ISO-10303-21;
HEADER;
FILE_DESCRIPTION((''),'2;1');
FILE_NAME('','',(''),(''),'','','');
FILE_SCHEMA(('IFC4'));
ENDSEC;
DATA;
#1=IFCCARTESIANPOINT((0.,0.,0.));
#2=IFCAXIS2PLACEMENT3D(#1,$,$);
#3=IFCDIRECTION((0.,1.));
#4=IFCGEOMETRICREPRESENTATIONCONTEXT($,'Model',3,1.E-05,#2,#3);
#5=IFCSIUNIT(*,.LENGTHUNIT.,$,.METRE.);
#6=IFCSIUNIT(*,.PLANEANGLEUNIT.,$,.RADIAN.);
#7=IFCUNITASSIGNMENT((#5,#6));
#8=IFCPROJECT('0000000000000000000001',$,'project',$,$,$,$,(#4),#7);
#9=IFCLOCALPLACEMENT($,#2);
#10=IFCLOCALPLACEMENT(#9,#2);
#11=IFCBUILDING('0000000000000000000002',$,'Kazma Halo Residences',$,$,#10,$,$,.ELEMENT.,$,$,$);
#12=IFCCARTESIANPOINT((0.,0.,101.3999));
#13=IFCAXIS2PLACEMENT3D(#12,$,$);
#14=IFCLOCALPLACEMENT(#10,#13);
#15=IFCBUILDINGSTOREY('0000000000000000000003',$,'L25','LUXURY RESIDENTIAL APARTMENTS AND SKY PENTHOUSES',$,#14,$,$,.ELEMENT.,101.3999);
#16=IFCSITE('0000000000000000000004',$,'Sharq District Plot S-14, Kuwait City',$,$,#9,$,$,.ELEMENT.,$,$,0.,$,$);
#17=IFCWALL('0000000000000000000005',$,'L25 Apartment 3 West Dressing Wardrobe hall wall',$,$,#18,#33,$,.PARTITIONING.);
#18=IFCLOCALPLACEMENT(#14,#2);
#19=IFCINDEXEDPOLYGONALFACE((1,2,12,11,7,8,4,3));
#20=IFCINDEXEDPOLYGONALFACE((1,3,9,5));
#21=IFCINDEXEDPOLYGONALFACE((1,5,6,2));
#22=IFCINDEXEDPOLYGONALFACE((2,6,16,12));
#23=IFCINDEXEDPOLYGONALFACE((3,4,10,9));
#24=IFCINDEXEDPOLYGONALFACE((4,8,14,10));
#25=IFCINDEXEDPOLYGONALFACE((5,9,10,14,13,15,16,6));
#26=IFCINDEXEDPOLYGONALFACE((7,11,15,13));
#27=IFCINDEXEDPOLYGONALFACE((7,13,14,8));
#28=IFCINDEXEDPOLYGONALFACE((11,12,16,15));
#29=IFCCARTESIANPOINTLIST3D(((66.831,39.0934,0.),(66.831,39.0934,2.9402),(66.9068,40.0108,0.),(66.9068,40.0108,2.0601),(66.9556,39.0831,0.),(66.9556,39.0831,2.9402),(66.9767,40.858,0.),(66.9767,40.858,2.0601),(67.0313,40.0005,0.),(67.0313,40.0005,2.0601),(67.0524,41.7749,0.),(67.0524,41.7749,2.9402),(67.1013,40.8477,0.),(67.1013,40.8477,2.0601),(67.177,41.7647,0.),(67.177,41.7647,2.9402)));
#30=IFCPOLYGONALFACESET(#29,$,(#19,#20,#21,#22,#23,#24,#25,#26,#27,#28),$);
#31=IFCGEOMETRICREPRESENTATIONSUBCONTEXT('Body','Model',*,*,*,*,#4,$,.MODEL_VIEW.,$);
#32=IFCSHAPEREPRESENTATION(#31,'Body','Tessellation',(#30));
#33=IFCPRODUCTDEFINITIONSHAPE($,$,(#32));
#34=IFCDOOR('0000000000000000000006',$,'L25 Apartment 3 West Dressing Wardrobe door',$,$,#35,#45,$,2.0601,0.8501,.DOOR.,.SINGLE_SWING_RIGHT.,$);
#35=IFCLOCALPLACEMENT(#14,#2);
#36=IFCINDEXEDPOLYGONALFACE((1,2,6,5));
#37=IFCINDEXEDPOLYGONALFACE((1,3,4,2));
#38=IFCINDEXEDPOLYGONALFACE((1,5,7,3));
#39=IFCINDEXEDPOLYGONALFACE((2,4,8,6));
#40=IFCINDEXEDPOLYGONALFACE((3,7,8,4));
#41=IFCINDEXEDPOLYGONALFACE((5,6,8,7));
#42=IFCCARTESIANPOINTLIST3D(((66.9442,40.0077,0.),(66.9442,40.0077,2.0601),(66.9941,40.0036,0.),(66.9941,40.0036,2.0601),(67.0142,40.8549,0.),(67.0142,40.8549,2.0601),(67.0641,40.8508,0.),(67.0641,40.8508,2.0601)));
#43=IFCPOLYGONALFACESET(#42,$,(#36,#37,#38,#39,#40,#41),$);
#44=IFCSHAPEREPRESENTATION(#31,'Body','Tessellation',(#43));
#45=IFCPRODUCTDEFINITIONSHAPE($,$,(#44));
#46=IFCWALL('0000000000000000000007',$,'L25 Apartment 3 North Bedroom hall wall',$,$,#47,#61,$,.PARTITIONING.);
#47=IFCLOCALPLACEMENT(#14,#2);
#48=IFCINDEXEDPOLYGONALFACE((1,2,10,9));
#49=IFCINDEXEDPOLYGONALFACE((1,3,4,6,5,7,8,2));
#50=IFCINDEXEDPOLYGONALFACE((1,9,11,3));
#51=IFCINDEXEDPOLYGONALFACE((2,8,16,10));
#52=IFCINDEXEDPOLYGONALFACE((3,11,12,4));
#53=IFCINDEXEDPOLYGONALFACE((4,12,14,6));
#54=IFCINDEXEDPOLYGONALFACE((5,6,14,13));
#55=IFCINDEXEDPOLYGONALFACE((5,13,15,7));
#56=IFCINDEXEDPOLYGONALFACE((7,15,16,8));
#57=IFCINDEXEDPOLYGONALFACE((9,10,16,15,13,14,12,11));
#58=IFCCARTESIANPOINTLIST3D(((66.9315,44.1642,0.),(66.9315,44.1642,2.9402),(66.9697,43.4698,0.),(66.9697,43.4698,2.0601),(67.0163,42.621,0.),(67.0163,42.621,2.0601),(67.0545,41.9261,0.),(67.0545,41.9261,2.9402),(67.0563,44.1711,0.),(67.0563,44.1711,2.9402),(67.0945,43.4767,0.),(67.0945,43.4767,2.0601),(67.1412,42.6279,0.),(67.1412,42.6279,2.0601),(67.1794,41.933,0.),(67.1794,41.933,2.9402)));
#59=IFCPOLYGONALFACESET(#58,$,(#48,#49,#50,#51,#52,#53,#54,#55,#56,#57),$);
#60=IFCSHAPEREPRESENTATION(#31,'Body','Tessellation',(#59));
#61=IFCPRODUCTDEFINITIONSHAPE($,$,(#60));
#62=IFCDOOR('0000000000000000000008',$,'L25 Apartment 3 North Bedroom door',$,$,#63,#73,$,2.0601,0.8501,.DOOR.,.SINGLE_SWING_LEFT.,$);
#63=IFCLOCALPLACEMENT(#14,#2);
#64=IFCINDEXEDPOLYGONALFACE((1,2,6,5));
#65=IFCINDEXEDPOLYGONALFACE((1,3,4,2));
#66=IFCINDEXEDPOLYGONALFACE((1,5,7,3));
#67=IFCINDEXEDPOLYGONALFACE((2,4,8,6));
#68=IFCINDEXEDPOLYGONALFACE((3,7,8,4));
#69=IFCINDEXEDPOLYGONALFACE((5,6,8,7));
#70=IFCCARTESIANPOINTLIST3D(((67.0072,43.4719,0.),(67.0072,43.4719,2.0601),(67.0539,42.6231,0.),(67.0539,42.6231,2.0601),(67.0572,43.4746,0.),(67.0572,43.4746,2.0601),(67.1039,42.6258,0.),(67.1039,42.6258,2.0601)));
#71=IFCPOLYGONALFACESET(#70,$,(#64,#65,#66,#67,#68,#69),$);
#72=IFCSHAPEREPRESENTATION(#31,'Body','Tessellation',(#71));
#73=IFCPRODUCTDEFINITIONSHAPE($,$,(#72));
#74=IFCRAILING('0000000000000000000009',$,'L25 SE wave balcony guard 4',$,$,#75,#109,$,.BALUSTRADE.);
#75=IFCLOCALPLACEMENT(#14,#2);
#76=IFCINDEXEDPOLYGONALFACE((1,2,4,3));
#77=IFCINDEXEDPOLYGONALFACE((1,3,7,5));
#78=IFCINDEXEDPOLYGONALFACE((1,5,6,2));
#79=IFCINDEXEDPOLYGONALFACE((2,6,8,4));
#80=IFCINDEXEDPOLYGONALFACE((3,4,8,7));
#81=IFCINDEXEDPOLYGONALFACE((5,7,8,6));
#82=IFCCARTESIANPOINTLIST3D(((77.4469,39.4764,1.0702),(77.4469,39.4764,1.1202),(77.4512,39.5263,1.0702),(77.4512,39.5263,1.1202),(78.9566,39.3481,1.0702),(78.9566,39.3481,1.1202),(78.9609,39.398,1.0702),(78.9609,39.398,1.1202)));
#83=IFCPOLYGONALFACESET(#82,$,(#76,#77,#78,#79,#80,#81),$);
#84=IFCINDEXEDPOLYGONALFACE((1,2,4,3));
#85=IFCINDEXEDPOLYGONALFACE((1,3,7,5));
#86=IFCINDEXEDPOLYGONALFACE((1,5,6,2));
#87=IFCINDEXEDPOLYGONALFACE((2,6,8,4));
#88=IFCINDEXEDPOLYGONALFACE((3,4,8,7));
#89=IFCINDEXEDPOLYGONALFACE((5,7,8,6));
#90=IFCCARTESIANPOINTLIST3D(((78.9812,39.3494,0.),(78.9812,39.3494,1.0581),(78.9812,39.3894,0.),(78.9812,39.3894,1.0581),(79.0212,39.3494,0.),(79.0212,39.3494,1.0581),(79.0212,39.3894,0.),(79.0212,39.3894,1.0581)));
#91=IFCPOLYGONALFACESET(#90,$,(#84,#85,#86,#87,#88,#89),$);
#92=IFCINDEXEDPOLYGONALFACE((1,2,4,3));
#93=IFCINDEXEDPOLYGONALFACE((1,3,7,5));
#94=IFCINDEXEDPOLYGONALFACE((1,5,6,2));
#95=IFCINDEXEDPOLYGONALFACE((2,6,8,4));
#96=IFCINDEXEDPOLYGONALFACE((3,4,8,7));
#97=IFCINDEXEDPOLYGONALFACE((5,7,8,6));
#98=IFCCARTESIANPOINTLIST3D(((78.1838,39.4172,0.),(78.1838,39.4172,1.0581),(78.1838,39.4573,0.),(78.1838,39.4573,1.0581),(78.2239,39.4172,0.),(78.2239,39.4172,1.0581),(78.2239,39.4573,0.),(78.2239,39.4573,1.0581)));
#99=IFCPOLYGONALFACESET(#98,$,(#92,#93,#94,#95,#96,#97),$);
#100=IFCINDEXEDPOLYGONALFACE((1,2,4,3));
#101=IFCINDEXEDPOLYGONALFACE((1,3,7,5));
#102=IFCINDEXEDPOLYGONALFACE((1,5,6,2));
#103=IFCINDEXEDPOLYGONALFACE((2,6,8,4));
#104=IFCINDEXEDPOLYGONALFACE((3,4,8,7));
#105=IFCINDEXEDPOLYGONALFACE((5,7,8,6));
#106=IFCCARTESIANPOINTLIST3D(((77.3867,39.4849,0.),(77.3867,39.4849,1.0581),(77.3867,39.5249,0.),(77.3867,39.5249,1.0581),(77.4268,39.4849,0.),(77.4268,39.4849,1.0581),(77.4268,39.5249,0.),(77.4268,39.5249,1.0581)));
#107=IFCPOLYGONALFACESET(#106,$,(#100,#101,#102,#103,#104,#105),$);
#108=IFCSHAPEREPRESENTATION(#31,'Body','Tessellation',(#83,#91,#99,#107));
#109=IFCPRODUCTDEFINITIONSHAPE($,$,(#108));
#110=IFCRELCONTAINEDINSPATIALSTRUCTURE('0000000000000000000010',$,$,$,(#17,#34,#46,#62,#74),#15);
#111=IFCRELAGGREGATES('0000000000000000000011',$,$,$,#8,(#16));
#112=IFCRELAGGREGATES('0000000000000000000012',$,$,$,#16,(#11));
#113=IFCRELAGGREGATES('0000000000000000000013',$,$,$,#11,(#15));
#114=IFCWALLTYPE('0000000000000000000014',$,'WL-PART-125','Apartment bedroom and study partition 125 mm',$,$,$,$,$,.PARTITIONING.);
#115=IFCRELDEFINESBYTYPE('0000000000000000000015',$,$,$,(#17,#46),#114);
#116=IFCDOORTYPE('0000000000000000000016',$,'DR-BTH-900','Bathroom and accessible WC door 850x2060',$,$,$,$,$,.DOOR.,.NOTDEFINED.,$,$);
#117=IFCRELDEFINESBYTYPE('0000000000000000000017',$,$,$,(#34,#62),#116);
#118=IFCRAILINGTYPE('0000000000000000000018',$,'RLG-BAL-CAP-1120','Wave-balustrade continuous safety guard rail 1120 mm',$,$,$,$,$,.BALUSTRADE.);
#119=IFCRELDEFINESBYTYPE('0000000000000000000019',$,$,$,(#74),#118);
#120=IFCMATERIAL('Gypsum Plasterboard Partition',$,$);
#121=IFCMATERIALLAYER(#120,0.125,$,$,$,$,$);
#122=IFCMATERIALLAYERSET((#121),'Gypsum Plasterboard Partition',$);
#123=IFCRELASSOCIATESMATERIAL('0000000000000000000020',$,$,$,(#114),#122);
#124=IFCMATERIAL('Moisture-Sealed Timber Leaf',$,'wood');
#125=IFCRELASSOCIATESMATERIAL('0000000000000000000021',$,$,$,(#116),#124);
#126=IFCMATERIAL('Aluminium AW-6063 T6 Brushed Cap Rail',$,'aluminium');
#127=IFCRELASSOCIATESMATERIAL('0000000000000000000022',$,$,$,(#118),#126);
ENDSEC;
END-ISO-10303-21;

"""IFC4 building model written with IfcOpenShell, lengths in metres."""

from ifc_helpers import new_model, si_unit, direction, frame, frame_2d, origin, origin_2d, place, context, subcontext, project, spatial, rectangle, extrude, material, layer, layer_set, type_object, element, fill, save


model = new_model("IFC4")

# Units and contexts
model_context = context("Model", 3, precision=1e-05, world=origin(), true_north=direction((0.0, 1.0)))
body_context = subcontext(model_context, "Body", "Model", "MODEL_VIEW")
ifc_project = project(units=[si_unit("LENGTHUNIT", "METRE"), si_unit("PLANEANGLEUNIT", "RADIAN")], contexts=[model_context])

# Site, building, storey
site_placement = place(None, origin())
site = spatial("IfcSite", under=ifc_project, at=site_placement, Name="Sharq District Plot S-14, Kuwait City", CompositionType="ELEMENT", RefElevation=0.0)
building_placement = place(site_placement, origin())
building = spatial("IfcBuilding", under=site, at=building_placement, Name="Kazma Halo Residences", CompositionType="ELEMENT")
storey_placement = place(building_placement, frame((0.0, 0.0, 101.3999)))
storey = spatial("IfcBuildingStorey", under=building, at=storey_placement, Name="L25", Description="LUXURY RESIDENTIAL APARTMENTS AND SKY PENTHOUSES", CompositionType="ELEMENT", Elevation=101.3999)

# Shared definitions
ifc_material_1 = material(Name="Gypsum Plasterboard Partition")
ifc_layer_1 = layer(ifc_material_1, 0.125)
ifc_layer_set_1 = layer_set([ifc_layer_1], Name="Gypsum Plasterboard Partition")
wall_type_1 = type_object("IfcWallType", Name="WL-PART-125", Description="Apartment bedroom and study partition 125 mm", PredefinedType="PARTITIONING", material=ifc_layer_set_1)

# Shared definitions
ifc_material_2 = material(Name="Moisture-Sealed Timber Leaf", Category="wood")
door_type = type_object("IfcDoorType", Name="DR-BTH-900", Description="Bathroom and accessible WC door 850x2060", OperationType="NOTDEFINED", PredefinedType="DOOR", material=ifc_material_2)

# Walls, openings, doors
wall_1_placement = place(storey_placement, frame((66.8933, 39.0884, 0.0), z_axis=(0.0, 0.0, 1.0), x_axis=(0.082295, 0.996608, 0.0)))
wall_1 = element("IfcWall", 1, at=wall_1_placement, inside=storey, type_object=wall_type_1, Name="L25 Apartment 3 West Dressing Wardrobe hall wall", PredefinedType="PARTITIONING", context=body_context, shape_type="SweptSolid", body=[
    extrude(rectangle(XDim=2.6907, YDim=0.125, at=frame_2d((1.3452, 0.0))), origin(), (0.0, 0.0, 1.0), 2.9402),
])
opening_1_placement = place(wall_1_placement, frame((0.9204, 0.0, 0.0)))
opening_1 = element("IfcOpeningElement", 2, at=opening_1_placement, cuts=wall_1, PredefinedType="OPENING", context=body_context, shape_type="SweptSolid", body=[
    extrude(rectangle(XDim=0.8501, YDim=2.0601, at=frame_2d((0.425, 1.03))), frame((0.0, 0.0725, 0.0), z_axis=(0.0, -1.0, 0.0), x_axis=(1.0, 0.0, 0.0)), (0.0, 0.0, 1.0), 0.145),
])
door_1_placement = place(opening_1_placement, origin())
door_1 = element("IfcDoor", 3, at=door_1_placement, inside=storey, type_object=door_type, Name="L25 Apartment 3 West Dressing Wardrobe door", OperationType="SINGLE_SWING_RIGHT", OverallHeight=2.0601, OverallWidth=0.8501, PredefinedType="DOOR", context=body_context, shape_type="SweptSolid", body=[
    extrude(rectangle(XDim=0.8501, YDim=2.0601, at=frame_2d((0.425, 1.03))), frame((0.0, 0.0249, 0.0), z_axis=(0.0, -1.0, 0.0), x_axis=(1.0, 0.0, 0.0)), (0.0, 0.0, 1.0), 0.05),
])
fill(opening_1, door_1)
wall_2_placement = place(storey_placement, frame((67.1169, 41.9297, 0.0), z_axis=(0.0, 0.0, 1.0), x_axis=(-0.054897, 0.998492, 0.0)))
wall_2 = element("IfcWall", 4, at=wall_2_placement, inside=storey, type_object=wall_type_1, Name="L25 Apartment 3 North Bedroom hall wall", PredefinedType="PARTITIONING", context=body_context, shape_type="SweptSolid", body=[
    extrude(rectangle(XDim=2.2415, YDim=0.125, at=frame_2d((1.1206, 0.0))), origin(), (0.0, 0.0, 1.0), 2.9402),
])
opening_2_placement = place(wall_2_placement, frame((0.6958, 0.0, 0.0)))
opening_2 = element("IfcOpeningElement", 5, at=opening_2_placement, cuts=wall_2, PredefinedType="OPENING", context=body_context, shape_type="SweptSolid", body=[
    extrude(rectangle(XDim=0.8501, YDim=2.0601, at=frame_2d((0.425, 1.03))), frame((0.0, 0.0725, 0.0), z_axis=(0.0, -1.0, 0.0), x_axis=(1.0, 0.0, 0.0)), (0.0, 0.0, 1.0), 0.145),
])
door_2_placement = place(opening_2_placement, origin())
door_2 = element("IfcDoor", 6, at=door_2_placement, inside=storey, type_object=door_type, Name="L25 Apartment 3 North Bedroom door", OperationType="SINGLE_SWING_LEFT", OverallHeight=2.0601, OverallWidth=0.8501, PredefinedType="DOOR", context=body_context, shape_type="SweptSolid", body=[
    extrude(rectangle(XDim=0.8501, YDim=2.0601, at=frame_2d((0.425, 1.03))), frame((0.0, 0.0249, 0.0), z_axis=(0.0, -1.0, 0.0), x_axis=(1.0, 0.0, 0.0)), (0.0, 0.0, 1.0), 0.05),
])
fill(opening_2, door_2)

# Railing
ifc_material_3 = material(Name="Aluminium AW-6063 T6 Brushed Cap Rail", Category="aluminium")
railing_type = type_object("IfcRailingType", Name="RLG-BAL-CAP-1120", Description="Wave-balustrade continuous safety guard rail 1120 mm", PredefinedType="BALUSTRADE", material=ifc_material_3)
railing_placement = place(storey_placement, frame((79.0012, 39.3694, 0.0)))
element("IfcRailing", 7, at=railing_placement, inside=storey, type_object=railing_type, Name="L25 SE wave balcony guard 4", PredefinedType="BALUSTRADE", context=body_context, shape_type="SweptSolid", body=[
    extrude(rectangle(XDim=0.05, YDim=0.05, at=origin_2d()), frame((-0.0425, 0.0037, 1.0952), z_axis=(-0.996409, 0.084674, 0.0), x_axis=(-0.084674, -0.996409, 0.0)), (0.0, 0.0, 1.0), 1.5151),
    extrude(rectangle(XDim=0.04, YDim=0.04, at=origin_2d()), origin(), (0.0, 0.0, 1.0), 1.0581),
    extrude(rectangle(XDim=0.04, YDim=0.04, at=origin_2d()), frame((-0.7974, 0.0679, 0.0)), (0.0, 0.0, 1.0), 1.0581),
    extrude(rectangle(XDim=0.04, YDim=0.04, at=origin_2d()), frame((-1.5945, 0.1355, 0.0)), (0.0, 0.0, 1.0), 1.0581),
])

save(model, "model.ifc")
